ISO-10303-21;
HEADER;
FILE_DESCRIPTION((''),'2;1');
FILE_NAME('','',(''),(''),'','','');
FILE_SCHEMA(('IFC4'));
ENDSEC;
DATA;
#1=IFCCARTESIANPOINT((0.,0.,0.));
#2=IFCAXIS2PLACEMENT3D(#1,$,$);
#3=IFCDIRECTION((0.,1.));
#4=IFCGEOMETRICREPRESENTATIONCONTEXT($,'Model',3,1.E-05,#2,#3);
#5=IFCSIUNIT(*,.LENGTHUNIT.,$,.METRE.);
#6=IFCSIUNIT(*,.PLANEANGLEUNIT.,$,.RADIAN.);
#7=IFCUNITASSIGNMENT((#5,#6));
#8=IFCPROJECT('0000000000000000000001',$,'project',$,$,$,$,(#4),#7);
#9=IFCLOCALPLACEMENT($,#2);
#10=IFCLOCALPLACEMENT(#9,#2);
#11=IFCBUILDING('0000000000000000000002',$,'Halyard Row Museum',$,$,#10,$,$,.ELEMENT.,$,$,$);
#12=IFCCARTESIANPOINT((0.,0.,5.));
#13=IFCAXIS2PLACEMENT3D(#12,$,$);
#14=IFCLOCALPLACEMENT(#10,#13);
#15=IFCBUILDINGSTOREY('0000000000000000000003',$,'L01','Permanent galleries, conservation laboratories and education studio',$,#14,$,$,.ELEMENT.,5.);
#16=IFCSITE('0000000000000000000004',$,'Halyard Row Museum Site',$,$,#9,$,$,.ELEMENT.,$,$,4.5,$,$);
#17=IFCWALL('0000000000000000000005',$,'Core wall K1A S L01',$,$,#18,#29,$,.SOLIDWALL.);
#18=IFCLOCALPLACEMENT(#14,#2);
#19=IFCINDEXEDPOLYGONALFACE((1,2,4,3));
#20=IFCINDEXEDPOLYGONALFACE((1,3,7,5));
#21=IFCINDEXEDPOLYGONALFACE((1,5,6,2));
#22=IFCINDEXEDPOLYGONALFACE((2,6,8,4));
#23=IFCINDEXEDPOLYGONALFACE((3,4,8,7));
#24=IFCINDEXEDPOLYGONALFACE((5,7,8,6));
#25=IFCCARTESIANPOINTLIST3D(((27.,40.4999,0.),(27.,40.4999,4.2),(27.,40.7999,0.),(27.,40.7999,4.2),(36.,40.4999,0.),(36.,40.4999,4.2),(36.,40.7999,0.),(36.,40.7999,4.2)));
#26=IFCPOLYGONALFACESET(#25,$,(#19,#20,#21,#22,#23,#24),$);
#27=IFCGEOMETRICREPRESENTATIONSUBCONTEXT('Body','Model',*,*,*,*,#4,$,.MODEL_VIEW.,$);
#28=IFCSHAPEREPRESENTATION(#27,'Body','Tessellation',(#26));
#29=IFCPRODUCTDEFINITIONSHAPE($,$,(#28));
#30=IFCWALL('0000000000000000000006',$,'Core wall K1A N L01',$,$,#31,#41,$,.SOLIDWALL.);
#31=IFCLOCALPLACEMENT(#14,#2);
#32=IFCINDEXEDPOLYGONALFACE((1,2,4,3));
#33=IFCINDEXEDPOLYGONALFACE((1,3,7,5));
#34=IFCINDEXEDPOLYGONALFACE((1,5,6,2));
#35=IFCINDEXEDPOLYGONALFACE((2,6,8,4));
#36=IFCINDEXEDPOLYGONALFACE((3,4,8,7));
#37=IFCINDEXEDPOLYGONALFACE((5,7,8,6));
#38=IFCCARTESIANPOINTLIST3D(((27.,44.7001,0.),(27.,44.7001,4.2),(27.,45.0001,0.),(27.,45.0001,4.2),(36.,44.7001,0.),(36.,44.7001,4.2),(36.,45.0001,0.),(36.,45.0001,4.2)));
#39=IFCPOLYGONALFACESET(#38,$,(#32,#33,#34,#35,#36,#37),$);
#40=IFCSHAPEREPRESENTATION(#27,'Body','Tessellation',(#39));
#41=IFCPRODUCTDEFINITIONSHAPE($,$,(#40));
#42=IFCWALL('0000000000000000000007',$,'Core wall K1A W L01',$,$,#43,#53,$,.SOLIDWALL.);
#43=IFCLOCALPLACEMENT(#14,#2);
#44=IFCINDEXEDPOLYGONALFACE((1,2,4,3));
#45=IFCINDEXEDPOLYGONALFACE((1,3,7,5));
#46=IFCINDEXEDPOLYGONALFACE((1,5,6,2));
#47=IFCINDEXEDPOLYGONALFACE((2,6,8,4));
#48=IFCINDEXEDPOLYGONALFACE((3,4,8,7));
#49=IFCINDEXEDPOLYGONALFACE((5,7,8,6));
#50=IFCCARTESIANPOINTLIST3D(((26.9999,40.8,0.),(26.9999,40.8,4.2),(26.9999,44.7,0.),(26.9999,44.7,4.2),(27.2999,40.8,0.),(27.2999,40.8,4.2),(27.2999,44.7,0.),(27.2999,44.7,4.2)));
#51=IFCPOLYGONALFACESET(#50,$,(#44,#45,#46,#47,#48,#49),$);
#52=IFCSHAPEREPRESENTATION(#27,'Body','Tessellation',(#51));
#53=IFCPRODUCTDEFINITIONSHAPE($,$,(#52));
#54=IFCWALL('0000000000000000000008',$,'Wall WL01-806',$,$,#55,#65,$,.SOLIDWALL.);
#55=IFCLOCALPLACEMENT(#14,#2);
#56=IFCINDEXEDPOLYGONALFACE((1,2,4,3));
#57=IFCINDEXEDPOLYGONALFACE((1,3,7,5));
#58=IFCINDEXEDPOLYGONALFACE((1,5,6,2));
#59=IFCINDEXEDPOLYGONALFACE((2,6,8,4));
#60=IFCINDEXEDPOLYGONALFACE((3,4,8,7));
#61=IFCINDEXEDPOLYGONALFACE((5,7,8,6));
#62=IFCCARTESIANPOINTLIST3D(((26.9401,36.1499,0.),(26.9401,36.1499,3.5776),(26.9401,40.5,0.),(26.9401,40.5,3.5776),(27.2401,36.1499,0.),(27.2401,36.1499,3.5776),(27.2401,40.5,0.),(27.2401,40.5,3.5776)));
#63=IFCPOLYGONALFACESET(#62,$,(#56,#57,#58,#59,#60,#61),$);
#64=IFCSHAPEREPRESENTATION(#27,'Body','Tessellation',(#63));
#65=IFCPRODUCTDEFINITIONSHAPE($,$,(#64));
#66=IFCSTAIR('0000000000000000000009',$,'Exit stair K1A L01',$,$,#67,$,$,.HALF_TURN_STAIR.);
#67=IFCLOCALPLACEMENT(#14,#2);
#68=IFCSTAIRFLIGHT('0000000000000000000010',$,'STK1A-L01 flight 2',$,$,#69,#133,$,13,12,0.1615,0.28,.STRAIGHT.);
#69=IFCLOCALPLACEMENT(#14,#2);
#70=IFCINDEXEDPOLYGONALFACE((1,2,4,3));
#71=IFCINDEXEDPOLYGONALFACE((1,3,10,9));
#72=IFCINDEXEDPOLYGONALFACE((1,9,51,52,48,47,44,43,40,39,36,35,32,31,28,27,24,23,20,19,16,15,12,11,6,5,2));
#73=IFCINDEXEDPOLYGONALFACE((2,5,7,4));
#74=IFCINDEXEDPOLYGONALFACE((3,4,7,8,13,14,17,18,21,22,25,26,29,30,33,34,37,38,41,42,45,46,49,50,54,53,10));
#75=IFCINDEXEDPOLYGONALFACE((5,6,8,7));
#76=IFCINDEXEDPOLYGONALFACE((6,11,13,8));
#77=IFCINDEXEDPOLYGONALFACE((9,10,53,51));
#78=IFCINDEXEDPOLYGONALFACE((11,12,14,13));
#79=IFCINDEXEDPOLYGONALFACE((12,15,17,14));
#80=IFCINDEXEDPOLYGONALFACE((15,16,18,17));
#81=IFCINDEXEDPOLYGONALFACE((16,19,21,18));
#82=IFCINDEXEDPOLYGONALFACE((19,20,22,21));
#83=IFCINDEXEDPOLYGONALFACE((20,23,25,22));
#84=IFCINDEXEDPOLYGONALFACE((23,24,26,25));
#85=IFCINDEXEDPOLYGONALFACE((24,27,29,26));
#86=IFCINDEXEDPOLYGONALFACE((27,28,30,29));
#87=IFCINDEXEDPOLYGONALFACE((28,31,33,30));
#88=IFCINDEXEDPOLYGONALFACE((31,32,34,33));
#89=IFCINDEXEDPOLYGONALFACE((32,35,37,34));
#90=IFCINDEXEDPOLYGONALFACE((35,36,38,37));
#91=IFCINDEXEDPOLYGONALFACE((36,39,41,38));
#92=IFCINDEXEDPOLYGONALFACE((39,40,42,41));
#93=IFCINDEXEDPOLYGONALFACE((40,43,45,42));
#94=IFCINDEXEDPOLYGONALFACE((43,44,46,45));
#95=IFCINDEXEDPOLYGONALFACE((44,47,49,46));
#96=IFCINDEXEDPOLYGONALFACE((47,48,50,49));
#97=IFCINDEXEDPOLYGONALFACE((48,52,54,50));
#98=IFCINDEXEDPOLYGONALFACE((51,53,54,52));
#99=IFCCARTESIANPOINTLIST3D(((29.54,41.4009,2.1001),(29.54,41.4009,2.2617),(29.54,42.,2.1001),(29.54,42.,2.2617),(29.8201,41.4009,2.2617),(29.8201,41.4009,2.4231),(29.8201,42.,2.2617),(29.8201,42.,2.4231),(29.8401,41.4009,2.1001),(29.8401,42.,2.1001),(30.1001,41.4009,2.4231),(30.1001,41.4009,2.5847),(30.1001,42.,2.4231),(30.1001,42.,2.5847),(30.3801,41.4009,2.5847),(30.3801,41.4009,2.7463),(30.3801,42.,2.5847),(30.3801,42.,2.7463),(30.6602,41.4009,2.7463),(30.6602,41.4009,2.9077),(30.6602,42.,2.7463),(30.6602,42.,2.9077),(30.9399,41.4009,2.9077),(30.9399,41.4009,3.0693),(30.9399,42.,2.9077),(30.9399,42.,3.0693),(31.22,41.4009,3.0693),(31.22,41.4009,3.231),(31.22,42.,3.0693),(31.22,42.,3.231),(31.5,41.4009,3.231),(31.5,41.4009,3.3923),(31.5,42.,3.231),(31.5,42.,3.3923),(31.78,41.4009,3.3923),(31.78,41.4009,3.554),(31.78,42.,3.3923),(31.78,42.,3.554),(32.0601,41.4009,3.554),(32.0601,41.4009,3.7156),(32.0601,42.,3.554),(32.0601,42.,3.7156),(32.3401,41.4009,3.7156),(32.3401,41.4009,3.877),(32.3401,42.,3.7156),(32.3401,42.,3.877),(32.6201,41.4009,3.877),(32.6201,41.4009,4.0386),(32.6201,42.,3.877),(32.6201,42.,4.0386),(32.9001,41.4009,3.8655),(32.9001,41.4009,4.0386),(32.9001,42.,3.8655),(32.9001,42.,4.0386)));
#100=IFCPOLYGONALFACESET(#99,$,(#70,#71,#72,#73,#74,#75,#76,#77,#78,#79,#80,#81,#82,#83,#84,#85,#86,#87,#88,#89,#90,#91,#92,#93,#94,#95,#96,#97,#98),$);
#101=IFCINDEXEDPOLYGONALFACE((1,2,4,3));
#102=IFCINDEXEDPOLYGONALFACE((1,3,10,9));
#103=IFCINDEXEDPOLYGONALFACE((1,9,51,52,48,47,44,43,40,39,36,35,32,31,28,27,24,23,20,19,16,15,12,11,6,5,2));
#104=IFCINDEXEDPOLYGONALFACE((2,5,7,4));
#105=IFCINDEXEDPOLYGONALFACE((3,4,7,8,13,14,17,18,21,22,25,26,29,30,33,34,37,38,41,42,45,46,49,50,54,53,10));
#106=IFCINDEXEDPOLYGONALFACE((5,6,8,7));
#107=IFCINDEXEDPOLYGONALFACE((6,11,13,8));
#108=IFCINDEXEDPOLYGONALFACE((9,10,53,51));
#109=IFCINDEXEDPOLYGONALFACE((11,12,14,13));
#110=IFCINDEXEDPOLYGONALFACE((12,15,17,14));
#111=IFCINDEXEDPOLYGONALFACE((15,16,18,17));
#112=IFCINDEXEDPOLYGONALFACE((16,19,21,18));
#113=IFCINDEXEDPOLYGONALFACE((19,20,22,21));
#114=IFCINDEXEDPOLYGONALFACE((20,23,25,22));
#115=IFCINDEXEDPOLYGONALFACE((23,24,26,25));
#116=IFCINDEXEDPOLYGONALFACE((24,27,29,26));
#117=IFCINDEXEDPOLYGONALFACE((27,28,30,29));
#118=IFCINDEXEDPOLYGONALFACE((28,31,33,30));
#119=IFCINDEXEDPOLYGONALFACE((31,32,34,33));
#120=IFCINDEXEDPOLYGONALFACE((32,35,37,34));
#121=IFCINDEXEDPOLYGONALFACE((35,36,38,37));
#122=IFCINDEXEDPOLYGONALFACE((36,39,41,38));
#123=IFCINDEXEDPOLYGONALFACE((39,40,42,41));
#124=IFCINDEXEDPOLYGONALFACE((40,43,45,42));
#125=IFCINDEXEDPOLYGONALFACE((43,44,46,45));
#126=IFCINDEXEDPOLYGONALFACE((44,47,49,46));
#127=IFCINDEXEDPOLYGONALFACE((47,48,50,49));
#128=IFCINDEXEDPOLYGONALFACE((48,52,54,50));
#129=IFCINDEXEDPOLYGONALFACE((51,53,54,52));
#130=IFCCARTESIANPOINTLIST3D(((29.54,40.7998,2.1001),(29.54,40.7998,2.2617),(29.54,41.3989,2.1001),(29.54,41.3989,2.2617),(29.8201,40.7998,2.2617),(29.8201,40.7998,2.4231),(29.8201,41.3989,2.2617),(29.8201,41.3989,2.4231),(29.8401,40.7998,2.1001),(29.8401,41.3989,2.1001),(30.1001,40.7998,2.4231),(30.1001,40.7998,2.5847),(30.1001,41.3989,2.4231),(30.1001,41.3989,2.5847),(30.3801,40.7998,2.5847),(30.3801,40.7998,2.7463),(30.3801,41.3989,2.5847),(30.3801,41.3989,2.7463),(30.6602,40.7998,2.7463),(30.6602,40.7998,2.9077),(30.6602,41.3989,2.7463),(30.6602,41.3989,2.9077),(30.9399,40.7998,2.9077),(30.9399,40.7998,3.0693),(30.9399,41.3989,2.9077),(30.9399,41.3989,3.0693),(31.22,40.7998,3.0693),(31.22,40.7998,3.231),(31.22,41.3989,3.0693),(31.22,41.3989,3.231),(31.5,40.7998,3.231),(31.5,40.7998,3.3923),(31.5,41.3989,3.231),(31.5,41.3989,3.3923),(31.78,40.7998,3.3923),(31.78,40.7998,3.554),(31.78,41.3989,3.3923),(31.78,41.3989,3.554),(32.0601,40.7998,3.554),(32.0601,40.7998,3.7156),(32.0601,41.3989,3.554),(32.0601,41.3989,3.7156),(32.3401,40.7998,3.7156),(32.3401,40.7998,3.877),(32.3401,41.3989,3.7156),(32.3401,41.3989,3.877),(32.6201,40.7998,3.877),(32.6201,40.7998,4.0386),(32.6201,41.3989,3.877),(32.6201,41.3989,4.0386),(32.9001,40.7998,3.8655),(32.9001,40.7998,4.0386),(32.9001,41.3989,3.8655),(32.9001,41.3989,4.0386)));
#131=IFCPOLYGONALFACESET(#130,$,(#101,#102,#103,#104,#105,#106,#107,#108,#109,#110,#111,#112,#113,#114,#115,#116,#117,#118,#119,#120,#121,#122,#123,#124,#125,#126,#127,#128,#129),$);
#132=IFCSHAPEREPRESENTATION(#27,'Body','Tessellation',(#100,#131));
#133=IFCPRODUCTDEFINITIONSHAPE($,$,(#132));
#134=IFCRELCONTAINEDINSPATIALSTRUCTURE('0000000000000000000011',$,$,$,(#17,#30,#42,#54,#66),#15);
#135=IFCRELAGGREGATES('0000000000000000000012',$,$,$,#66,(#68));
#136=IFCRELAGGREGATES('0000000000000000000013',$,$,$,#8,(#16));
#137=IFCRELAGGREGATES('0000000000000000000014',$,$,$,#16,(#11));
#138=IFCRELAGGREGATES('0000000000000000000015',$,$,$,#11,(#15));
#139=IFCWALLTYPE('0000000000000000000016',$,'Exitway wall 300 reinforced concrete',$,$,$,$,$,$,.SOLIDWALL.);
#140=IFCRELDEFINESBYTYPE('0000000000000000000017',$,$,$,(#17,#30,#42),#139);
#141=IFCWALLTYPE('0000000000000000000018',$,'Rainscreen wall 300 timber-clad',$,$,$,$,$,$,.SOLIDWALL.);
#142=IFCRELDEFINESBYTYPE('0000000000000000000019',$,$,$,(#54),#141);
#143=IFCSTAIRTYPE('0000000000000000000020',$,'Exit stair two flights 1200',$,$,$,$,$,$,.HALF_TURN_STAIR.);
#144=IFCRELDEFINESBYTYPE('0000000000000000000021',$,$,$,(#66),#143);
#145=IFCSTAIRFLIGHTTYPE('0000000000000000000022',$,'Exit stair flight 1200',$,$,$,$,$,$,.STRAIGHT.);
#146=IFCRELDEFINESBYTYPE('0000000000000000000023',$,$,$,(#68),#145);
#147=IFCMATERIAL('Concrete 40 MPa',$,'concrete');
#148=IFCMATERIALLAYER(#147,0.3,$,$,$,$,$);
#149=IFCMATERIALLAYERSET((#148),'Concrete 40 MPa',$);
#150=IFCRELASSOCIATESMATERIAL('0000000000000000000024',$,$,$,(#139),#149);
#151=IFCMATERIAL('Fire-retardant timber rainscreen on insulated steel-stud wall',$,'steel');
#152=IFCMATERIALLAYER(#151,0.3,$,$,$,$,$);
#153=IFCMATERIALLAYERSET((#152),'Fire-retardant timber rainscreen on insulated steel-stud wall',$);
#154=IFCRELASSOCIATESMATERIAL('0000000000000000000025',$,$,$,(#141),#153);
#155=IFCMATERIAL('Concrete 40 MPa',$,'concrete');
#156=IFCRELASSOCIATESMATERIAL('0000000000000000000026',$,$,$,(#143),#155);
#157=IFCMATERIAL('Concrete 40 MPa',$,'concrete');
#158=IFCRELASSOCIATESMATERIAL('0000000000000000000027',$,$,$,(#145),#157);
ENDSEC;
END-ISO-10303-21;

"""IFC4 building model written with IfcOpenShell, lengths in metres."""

from ifc_helpers import new_model, si_unit, direction, frame, frame_2d, origin, place, context, subcontext, project, spatial, polyline, rectangle, outline, extrude, material, layer, layer_set, type_object, element, aggregate, save


model = new_model("IFC4")

# Units and contexts
model_context = context("Model", 3, precision=1e-05, world=origin(), true_north=direction((0.0, 1.0)))
body_context = subcontext(model_context, "Body", "Model", "MODEL_VIEW")
ifc_project = project(units=[si_unit("LENGTHUNIT", "METRE"), si_unit("PLANEANGLEUNIT", "RADIAN")], contexts=[model_context])

# Site, building, storey
site_placement = place(None, origin())
site = spatial("IfcSite", under=ifc_project, at=site_placement, Name="Halyard Row Museum Site", CompositionType="ELEMENT", RefElevation=4.5)
building_placement = place(site_placement, origin())
building = spatial("IfcBuilding", under=site, at=building_placement, Name="Halyard Row Museum", CompositionType="ELEMENT")
storey_placement = place(building_placement, frame((0.0, 0.0, 5.0)))
storey = spatial("IfcBuildingStorey", under=building, at=storey_placement, Name="L01", Description="Permanent galleries, conservation laboratories and education studio", CompositionType="ELEMENT", Elevation=5.0)

# Walls
ifc_material_1 = material(Name="Concrete 40 MPa", Category="concrete")
ifc_layer_1 = layer(ifc_material_1, 0.3)
ifc_layer_set_1 = layer_set([ifc_layer_1], Name="Concrete 40 MPa")
wall_type_1 = type_object("IfcWallType", Name="Exitway wall 300 reinforced concrete", PredefinedType="SOLIDWALL", material=ifc_layer_set_1)
for number, where, z_axis, x_axis, name in (
    (1, (27.0, 40.6499, 0.0), (0.0, 0.0, 1.0), (1.0, 0.0, 0.0), "Core wall K1A S L01"),
    (2, (27.0, 44.8501, 0.0), (0.0, 0.0, 1.0), (1.0, 0.0, 0.0), "Core wall K1A N L01"),
):
    element("IfcWall", number, at=place(storey_placement, frame(where, z_axis=z_axis, x_axis=x_axis)), inside=storey, type_object=wall_type_1, Name=name, PredefinedType="SOLIDWALL", context=body_context, shape_type="SweptSolid", body=[
        extrude(rectangle(XDim=9.0, YDim=0.3, at=frame_2d((4.5, 0.0))), origin(), (0.0, 0.0, 1.0), 4.2),
    ])
wall_1_placement = place(storey_placement, frame((27.1499, 40.8, 0.0), z_axis=(0.0, 0.0, 1.0), x_axis=(0.0, 1.0, 0.0)))
element("IfcWall", 3, at=wall_1_placement, inside=storey, type_object=wall_type_1, Name="Core wall K1A W L01", PredefinedType="SOLIDWALL", context=body_context, shape_type="SweptSolid", body=[
    extrude(rectangle(XDim=3.8999, YDim=0.3, at=frame_2d((1.95, 0.0))), origin(), (0.0, 0.0, 1.0), 4.2),
])
ifc_material_2 = material(Name="Fire-retardant timber rainscreen on insulated steel-stud wall", Category="steel")
ifc_layer_2 = layer(ifc_material_2, 0.3)
ifc_layer_set_2 = layer_set([ifc_layer_2], Name="Fire-retardant timber rainscreen on insulated steel-stud wall")
wall_type_2 = type_object("IfcWallType", Name="Rainscreen wall 300 timber-clad", PredefinedType="SOLIDWALL", material=ifc_layer_set_2)
wall_2_placement = place(storey_placement, frame((27.0901, 36.1499, 0.0), z_axis=(0.0, 0.0, 1.0), x_axis=(0.0, 1.0, 0.0)))
element("IfcWall", 4, at=wall_2_placement, inside=storey, type_object=wall_type_2, Name="Wall WL01-806", PredefinedType="SOLIDWALL", context=body_context, shape_type="SweptSolid", body=[
    extrude(rectangle(XDim=4.3501, YDim=0.3, at=frame_2d((2.175, 0.0))), origin(), (0.0, 0.0, 1.0), 3.5776),
])

# Stair, stair flight
ifc_material_3 = material(Name="Concrete 40 MPa", Category="concrete")
stair_type = type_object("IfcStairType", Name="Exit stair two flights 1200", PredefinedType="HALF_TURN_STAIR", material=ifc_material_3)
stair_placement = place(storey_placement, origin())
stair = element("IfcStair", 5, at=stair_placement, inside=storey, type_object=stair_type, Name="Exit stair K1A L01", PredefinedType="HALF_TURN_STAIR")
ifc_material_4 = material(Name="Concrete 40 MPa", Category="concrete")
stair_flight_type = type_object("IfcStairFlightType", Name="Exit stair flight 1200", PredefinedType="STRAIGHT", material=ifc_material_4)
stair_flight_placement = place(storey_placement, frame((29.54, 41.3999, 2.1001), z_axis=(0.0, 0.0, 1.0), x_axis=(1.0, 0.0, 0.0)))
stair_flight = element("IfcStairFlight", 6, at=stair_flight_placement, type_object=stair_flight_type, Name="STK1A-L01 flight 2", NumberOfRisers=13, NumberOfTreads=12, PredefinedType="STRAIGHT", RiserHeight=0.1615, TreadLength=0.28, context=body_context, shape_type="SweptSolid", body=[
    extrude(outline(polyline([(0.0, 0.0), (0.0, 0.1616), (0.28, 0.1616), (0.28, 0.323), (0.5601, 0.323), (0.5601, 0.4846), (0.8401, 0.4846), (0.8401, 0.6462), (1.1201, 0.6462), (1.1201, 0.8076), (1.3999, 0.8076), (1.3999, 0.9692), (1.6799, 0.9692), (1.6799, 1.1309), (1.96, 1.1309), (1.96, 1.2922), (2.24, 1.2922), (2.24, 1.4539), (2.52, 1.4539), (2.52, 1.6155), (2.8, 1.6155), (2.8, 1.7769), (3.0801, 1.7769), (3.0801, 1.9385), (3.3601, 1.9385), (3.3601, 2.1001), (3.3601, 1.7654), (0.3, 0.0), (0.0, 0.0)])), frame((0.0, 0.6001, 0.0), z_axis=(0.0, -1.0, 0.0), x_axis=(1.0, 0.0, 0.0)), (0.0, 0.0, 1.0), 0.5991),
    extrude(outline(polyline([(0.0, 0.0), (0.0, 0.1616), (0.28, 0.1616), (0.28, 0.323), (0.5601, 0.323), (0.5601, 0.4846), (0.8401, 0.4846), (0.8401, 0.6462), (1.1201, 0.6462), (1.1201, 0.8076), (1.3999, 0.8076), (1.3999, 0.9692), (1.6799, 0.9692), (1.6799, 1.1309), (1.96, 1.1309), (1.96, 1.2922), (2.24, 1.2922), (2.24, 1.4539), (2.52, 1.4539), (2.52, 1.6155), (2.8, 1.6155), (2.8, 1.7769), (3.0801, 1.7769), (3.0801, 1.9385), (3.3601, 1.9385), (3.3601, 2.1001), (3.3601, 1.7654), (0.3, 0.0), (0.0, 0.0)])), frame((0.0, -0.001, 0.0), z_axis=(0.0, -1.0, 0.0), x_axis=(1.0, 0.0, 0.0)), (0.0, 0.0, 1.0), 0.5991),
])
aggregate(stair, [stair_flight])

save(model, "model.ifc")
